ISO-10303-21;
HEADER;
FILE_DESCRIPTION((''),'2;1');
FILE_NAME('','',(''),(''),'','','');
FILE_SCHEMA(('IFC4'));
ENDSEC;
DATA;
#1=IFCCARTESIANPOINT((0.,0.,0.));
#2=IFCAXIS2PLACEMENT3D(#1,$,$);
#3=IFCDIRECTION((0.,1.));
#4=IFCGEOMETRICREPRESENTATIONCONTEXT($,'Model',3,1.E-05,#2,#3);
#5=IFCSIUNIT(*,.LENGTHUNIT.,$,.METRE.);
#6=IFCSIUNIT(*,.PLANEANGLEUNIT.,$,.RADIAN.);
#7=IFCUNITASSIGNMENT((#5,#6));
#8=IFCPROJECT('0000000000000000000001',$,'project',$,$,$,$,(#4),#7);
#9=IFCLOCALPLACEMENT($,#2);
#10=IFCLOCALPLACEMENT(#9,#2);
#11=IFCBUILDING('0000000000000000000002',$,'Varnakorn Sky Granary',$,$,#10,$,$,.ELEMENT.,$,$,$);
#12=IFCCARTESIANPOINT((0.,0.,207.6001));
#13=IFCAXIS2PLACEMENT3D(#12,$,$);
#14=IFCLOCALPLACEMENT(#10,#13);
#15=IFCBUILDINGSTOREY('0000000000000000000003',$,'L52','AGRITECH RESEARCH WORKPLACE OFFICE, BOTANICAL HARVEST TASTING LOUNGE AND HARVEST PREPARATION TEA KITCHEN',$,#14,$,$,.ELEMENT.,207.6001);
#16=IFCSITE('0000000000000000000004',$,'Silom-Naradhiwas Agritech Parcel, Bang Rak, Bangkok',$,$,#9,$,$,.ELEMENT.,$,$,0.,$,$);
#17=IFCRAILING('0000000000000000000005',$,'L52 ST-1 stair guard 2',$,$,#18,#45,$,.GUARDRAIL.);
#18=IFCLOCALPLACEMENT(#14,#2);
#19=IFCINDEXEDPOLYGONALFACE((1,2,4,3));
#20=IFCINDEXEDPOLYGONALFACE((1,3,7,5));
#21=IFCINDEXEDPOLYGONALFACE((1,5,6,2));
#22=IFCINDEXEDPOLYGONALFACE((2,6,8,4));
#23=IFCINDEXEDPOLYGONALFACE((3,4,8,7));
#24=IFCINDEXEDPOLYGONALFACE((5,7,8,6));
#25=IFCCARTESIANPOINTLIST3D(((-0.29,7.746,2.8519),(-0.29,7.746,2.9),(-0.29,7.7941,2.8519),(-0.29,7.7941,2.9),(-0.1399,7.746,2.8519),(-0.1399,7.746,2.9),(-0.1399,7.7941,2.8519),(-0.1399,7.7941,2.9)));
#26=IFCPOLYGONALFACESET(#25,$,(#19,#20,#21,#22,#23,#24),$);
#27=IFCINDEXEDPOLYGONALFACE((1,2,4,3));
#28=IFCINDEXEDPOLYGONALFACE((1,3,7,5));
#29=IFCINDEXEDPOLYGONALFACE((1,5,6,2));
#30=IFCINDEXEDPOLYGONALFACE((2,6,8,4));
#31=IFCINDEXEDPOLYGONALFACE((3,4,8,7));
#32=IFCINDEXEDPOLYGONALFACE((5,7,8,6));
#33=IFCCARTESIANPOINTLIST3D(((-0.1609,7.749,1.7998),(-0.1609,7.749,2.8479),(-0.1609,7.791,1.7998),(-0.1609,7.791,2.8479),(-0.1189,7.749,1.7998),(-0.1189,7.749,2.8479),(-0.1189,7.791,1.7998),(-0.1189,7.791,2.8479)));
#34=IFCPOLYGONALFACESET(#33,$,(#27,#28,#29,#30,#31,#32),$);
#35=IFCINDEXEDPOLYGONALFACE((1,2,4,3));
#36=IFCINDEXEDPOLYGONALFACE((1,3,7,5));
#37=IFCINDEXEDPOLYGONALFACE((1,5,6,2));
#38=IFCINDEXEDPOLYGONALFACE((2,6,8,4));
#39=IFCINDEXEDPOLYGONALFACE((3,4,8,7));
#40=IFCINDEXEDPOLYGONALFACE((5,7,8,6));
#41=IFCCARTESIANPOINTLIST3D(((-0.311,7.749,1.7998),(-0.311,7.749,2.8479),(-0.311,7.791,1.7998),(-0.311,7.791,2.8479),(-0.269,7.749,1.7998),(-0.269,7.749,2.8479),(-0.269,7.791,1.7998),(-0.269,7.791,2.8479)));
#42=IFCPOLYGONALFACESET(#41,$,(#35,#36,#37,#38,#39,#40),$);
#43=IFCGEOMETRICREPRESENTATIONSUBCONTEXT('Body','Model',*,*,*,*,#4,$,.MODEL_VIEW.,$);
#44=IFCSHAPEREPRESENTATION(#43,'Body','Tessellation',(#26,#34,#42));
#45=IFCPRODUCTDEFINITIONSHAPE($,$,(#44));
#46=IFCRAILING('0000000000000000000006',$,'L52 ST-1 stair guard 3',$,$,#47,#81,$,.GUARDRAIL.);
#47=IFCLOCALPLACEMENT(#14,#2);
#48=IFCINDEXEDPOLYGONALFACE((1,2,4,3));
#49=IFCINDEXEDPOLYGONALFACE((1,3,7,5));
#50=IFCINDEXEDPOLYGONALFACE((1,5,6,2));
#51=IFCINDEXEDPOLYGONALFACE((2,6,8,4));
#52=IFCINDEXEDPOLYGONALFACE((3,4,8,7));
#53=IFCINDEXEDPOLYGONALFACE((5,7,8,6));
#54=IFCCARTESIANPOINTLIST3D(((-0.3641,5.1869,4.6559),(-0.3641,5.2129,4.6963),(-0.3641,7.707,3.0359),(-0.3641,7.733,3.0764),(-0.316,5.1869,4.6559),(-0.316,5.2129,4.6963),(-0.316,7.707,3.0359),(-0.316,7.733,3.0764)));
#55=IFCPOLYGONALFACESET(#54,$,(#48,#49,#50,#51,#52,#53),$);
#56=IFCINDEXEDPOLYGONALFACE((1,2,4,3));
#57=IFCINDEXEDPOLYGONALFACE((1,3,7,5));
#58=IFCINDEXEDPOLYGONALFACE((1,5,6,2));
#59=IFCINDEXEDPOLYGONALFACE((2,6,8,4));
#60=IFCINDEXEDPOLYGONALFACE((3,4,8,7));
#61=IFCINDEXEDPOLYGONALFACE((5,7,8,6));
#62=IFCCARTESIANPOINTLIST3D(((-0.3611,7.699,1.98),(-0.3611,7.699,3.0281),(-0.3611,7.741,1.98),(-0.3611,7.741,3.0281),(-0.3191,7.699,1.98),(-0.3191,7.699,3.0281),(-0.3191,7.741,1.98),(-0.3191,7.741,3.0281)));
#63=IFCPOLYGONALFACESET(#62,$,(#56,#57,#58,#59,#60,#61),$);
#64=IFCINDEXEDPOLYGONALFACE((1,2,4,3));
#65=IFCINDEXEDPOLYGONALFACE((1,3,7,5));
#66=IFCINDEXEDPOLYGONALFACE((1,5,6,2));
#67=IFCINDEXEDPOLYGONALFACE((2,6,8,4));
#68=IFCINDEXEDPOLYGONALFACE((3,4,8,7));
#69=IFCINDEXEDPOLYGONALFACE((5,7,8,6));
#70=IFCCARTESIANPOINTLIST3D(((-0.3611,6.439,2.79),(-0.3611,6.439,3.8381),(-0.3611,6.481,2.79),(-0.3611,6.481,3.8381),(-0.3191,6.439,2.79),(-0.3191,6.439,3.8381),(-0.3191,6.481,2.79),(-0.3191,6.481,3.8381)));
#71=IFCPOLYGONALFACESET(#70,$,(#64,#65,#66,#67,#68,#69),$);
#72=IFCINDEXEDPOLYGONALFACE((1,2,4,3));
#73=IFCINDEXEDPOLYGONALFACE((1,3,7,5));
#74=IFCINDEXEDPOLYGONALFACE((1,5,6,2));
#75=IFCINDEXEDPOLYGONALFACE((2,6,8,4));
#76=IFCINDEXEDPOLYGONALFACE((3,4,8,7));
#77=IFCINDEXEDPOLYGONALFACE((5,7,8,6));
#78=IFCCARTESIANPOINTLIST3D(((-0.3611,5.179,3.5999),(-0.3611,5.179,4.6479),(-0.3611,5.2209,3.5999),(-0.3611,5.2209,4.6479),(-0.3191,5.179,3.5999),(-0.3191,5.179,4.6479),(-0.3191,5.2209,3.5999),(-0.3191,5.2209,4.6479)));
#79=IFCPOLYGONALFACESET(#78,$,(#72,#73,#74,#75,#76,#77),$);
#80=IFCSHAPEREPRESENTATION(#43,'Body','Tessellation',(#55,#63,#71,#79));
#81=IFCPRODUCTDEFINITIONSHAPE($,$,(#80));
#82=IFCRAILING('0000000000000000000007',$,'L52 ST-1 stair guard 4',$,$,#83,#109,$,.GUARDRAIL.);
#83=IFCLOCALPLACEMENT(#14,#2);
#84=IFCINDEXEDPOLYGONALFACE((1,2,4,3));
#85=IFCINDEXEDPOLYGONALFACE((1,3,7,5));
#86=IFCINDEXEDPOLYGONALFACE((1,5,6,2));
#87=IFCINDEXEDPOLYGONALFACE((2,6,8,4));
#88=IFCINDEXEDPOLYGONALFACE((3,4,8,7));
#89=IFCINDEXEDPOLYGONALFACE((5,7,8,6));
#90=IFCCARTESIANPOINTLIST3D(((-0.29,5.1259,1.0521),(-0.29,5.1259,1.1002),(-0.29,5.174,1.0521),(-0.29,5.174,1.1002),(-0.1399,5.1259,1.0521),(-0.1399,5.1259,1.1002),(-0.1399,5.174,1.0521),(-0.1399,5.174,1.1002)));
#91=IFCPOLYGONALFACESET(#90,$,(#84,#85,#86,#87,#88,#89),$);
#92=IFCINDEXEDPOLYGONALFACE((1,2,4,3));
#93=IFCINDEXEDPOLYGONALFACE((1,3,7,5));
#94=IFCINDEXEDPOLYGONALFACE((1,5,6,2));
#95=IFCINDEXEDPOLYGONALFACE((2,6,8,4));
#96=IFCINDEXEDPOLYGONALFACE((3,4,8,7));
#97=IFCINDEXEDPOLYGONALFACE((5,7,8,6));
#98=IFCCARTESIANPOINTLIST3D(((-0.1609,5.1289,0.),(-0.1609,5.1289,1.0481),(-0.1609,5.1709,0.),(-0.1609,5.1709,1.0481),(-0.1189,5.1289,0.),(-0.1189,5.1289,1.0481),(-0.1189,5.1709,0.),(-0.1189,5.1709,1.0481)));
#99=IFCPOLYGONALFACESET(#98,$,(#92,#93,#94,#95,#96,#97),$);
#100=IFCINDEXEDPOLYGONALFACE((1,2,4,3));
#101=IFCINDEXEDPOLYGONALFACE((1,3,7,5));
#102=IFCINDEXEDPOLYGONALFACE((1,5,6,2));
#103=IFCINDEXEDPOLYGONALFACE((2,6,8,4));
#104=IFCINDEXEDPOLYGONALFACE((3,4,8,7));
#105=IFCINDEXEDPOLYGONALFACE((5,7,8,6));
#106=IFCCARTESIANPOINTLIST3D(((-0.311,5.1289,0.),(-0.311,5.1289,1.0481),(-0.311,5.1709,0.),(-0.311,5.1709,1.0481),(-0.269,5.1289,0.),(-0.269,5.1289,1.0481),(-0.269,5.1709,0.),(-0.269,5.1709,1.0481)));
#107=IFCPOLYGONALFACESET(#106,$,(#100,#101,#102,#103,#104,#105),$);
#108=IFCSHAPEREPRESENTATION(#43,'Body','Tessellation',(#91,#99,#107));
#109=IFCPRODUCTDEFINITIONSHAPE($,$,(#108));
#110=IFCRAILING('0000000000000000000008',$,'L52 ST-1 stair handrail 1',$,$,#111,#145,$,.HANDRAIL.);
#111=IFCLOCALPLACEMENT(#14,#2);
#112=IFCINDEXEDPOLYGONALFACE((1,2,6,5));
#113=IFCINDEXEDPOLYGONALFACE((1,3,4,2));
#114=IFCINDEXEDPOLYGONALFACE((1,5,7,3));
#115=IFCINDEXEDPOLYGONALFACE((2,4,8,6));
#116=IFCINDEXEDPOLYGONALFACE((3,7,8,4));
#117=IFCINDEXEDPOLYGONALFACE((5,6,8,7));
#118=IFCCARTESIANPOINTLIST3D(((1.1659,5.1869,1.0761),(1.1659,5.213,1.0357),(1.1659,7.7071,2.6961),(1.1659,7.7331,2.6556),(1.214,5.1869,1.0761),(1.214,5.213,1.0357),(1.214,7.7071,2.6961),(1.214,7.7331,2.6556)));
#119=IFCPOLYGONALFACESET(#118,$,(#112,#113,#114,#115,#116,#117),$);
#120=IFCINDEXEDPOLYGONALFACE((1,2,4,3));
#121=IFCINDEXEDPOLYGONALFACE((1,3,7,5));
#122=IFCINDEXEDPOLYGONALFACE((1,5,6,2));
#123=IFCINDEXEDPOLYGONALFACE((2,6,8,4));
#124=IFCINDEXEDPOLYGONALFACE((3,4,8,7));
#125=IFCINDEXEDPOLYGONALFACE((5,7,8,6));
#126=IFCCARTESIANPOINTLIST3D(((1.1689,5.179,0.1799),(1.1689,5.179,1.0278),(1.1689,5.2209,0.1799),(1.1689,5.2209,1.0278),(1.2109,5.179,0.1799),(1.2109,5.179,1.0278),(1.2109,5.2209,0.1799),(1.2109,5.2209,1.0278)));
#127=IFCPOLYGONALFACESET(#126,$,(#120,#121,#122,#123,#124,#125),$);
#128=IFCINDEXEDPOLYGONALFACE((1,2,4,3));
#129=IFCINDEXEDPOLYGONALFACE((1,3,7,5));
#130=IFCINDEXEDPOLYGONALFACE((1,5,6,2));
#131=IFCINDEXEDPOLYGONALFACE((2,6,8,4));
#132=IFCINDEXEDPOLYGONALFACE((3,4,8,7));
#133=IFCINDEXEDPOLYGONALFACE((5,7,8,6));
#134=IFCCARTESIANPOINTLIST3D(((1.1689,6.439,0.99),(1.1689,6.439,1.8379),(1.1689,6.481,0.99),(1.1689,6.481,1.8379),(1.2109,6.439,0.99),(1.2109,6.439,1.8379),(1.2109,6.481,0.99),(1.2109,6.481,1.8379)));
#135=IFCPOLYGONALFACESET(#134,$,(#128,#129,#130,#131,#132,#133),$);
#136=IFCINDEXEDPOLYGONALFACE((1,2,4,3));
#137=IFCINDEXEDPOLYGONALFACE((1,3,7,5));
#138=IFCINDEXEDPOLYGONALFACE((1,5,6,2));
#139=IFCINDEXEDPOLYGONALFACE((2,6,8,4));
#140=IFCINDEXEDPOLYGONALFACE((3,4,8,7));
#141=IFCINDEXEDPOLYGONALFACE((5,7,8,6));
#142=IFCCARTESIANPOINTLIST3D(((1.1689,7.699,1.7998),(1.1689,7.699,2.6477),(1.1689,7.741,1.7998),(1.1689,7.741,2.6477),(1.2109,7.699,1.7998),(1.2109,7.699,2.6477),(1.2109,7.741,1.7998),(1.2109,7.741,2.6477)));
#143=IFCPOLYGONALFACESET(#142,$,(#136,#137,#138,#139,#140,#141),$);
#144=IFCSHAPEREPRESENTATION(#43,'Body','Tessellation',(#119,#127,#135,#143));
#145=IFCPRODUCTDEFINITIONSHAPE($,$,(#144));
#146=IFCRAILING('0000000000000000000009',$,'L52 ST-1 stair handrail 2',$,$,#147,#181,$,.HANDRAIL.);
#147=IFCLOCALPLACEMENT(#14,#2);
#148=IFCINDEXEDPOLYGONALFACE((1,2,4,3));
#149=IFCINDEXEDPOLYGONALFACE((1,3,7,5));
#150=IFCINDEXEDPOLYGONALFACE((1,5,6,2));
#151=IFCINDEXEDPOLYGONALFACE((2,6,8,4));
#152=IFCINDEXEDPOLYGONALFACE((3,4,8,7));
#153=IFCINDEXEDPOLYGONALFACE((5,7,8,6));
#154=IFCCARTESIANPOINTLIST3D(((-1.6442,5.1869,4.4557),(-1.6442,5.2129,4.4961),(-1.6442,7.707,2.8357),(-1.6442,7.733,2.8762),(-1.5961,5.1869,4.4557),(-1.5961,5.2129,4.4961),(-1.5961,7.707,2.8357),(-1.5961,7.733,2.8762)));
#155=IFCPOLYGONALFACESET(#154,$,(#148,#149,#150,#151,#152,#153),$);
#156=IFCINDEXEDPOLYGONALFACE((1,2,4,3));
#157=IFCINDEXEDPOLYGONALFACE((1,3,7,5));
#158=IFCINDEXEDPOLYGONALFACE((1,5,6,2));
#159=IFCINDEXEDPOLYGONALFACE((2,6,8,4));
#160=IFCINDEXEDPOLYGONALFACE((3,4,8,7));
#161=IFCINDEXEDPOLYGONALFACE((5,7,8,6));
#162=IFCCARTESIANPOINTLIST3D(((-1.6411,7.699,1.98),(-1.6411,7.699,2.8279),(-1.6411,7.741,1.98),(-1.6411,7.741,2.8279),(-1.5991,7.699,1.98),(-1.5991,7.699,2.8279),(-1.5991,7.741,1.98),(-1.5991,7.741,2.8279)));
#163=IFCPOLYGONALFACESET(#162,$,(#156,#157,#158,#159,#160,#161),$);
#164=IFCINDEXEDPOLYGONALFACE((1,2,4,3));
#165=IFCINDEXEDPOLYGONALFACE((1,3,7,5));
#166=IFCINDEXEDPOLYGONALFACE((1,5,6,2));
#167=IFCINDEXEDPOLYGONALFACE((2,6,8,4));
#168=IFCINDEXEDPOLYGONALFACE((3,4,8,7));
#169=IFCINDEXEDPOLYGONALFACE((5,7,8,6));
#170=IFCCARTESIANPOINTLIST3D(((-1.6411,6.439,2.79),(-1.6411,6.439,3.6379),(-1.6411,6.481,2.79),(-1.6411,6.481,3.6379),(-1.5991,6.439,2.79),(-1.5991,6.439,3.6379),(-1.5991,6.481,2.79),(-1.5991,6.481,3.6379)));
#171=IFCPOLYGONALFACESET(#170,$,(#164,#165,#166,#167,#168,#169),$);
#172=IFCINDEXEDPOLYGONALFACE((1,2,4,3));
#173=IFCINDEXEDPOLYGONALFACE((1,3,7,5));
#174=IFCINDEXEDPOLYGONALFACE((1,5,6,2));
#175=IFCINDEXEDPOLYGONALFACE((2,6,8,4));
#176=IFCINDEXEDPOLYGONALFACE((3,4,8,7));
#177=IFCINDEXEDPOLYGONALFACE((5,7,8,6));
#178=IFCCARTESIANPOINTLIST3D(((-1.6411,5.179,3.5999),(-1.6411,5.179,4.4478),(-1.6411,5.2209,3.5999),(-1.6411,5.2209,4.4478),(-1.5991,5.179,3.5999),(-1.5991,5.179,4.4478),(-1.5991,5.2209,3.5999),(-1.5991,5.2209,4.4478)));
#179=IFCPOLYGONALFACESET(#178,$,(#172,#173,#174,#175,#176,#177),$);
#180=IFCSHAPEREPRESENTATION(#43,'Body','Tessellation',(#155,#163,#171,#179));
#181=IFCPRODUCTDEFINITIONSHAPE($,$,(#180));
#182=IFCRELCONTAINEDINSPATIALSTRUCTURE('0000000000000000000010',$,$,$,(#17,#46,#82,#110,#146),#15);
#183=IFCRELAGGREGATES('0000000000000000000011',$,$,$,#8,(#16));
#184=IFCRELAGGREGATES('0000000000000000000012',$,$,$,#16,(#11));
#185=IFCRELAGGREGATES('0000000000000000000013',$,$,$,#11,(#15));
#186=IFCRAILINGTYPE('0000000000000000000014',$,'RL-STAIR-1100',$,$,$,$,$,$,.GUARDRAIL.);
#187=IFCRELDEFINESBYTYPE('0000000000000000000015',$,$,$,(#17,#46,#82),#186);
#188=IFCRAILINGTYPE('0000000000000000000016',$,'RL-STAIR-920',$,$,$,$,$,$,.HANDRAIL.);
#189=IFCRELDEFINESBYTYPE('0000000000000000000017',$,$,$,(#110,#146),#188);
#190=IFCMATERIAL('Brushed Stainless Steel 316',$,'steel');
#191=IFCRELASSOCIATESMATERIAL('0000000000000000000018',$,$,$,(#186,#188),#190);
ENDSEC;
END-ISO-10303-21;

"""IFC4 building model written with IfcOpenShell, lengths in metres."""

from ifc_helpers import new_model, si_unit, direction, frame, origin, origin_2d, place, context, subcontext, project, spatial, rectangle, extrude, material, type_object, element, save


model = new_model("IFC4")

# Units and contexts
model_context = context("Model", 3, precision=1e-05, world=origin(), true_north=direction((0.0, 1.0)))
body_context = subcontext(model_context, "Body", "Model", "MODEL_VIEW")
ifc_project = project(units=[si_unit("LENGTHUNIT", "METRE"), si_unit("PLANEANGLEUNIT", "RADIAN")], contexts=[model_context])

# Site, building, storey
site_placement = place(None, origin())
site = spatial("IfcSite", under=ifc_project, at=site_placement, Name="Silom-Naradhiwas Agritech Parcel, Bang Rak, Bangkok", CompositionType="ELEMENT", RefElevation=0.0)
building_placement = place(site_placement, origin())
building = spatial("IfcBuilding", under=site, at=building_placement, Name="Varnakorn Sky Granary", CompositionType="ELEMENT")
storey_placement = place(building_placement, frame((0.0, 0.0, 207.6001)))
storey = spatial("IfcBuildingStorey", under=building, at=storey_placement, Name="L52", Description="AGRITECH RESEARCH WORKPLACE OFFICE, BOTANICAL HARVEST TASTING LOUNGE AND HARVEST PREPARATION TEA KITCHEN", CompositionType="ELEMENT", Elevation=207.6001)

# Railings
ifc_material_1 = material(Name="Brushed Stainless Steel 316", Category="steel")
railing_type_1 = type_object("IfcRailingType", Name="RL-STAIR-1100", PredefinedType="GUARDRAIL", material=ifc_material_1)
railing_1_placement = place(storey_placement, frame((-0.1399, 7.77, 1.7998)))
element("IfcRailing", 1, at=railing_1_placement, inside=storey, type_object=railing_type_1, Name="L52 ST-1 stair guard 2", PredefinedType="GUARDRAIL", context=body_context, shape_type="SweptSolid", body=[
    extrude(rectangle(XDim=0.0481, YDim=0.0481, at=origin_2d()), frame((0.0, 0.0, 1.0762), z_axis=(-1.0, 0.0, 0.0), x_axis=(0.0, -1.0, 0.0)), (0.0, 0.0, 1.0), 0.1501),
    extrude(rectangle(XDim=0.042, YDim=0.042, at=origin_2d()), origin(), (0.0, 0.0, 1.0), 1.0481),
    extrude(rectangle(XDim=0.042, YDim=0.042, at=origin_2d()), frame((-0.1501, 0.0, 0.0)), (0.0, 0.0, 1.0), 1.0481),
])
railing_2_placement = place(storey_placement, frame((-0.3401, 7.72, 1.98)))
element("IfcRailing", 2, at=railing_2_placement, inside=storey, type_object=railing_type_1, Name="L52 ST-1 stair guard 3", PredefinedType="GUARDRAIL", context=body_context, shape_type="SweptSolid", body=[
    extrude(rectangle(XDim=0.0481, YDim=0.0481, at=origin_2d()), frame((0.0, 0.0, 1.0762), z_axis=(0.0, -0.8412, 0.540725), x_axis=(1.0, 0.0, 0.0)), (0.0, 0.0, 1.0), 2.9958),
    extrude(rectangle(XDim=0.042, YDim=0.042, at=origin_2d()), origin(), (0.0, 0.0, 1.0), 1.0481),
    extrude(rectangle(XDim=0.042, YDim=0.042, at=origin_2d()), frame((0.0, -1.26, 0.8101)), (0.0, 0.0, 1.0), 1.0481),
    extrude(rectangle(XDim=0.042, YDim=0.042, at=origin_2d()), frame((0.0, -2.52, 1.6199)), (0.0, 0.0, 1.0), 1.0481),
])
railing_3_placement = place(storey_placement, frame((-0.1399, 5.1499, 0.0)))
element("IfcRailing", 3, at=railing_3_placement, inside=storey, type_object=railing_type_1, Name="L52 ST-1 stair guard 4", PredefinedType="GUARDRAIL", context=body_context, shape_type="SweptSolid", body=[
    extrude(rectangle(XDim=0.0481, YDim=0.0481, at=origin_2d()), frame((0.0, 0.0, 1.0762), z_axis=(-1.0, 0.0, 0.0), x_axis=(0.0, -1.0, 0.0)), (0.0, 0.0, 1.0), 0.1501),
    extrude(rectangle(XDim=0.042, YDim=0.042, at=origin_2d()), origin(), (0.0, 0.0, 1.0), 1.0481),
    extrude(rectangle(XDim=0.042, YDim=0.042, at=origin_2d()), frame((-0.1501, 0.0, 0.0)), (0.0, 0.0, 1.0), 1.0481),
])
railing_type_2 = type_object("IfcRailingType", Name="RL-STAIR-920", PredefinedType="HANDRAIL", material=ifc_material_1)
railing_4_placement = place(storey_placement, frame((1.1899, 5.2, 0.1799)))
element("IfcRailing", 4, at=railing_4_placement, inside=storey, type_object=railing_type_2, Name="L52 ST-1 stair handrail 1", PredefinedType="HANDRAIL", context=body_context, shape_type="SweptSolid", body=[
    extrude(rectangle(XDim=0.0481, YDim=0.0481, at=origin_2d()), frame((0.0, 0.0, 0.876), z_axis=(0.0, 0.8412, 0.540725), x_axis=(-1.0, 0.0, 0.0)), (0.0, 0.0, 1.0), 2.9958),
    extrude(rectangle(XDim=0.042, YDim=0.042, at=origin_2d()), origin(), (0.0, 0.0, 1.0), 0.8479),
    extrude(rectangle(XDim=0.042, YDim=0.042, at=origin_2d()), frame((0.0, 1.26, 0.8101)), (0.0, 0.0, 1.0), 0.8479),
    extrude(rectangle(XDim=0.042, YDim=0.042, at=origin_2d()), frame((0.0, 2.52, 1.6199)), (0.0, 0.0, 1.0), 0.8479),
])
railing_5_placement = place(storey_placement, frame((-1.6201, 7.72, 1.98)))
element("IfcRailing", 5, at=railing_5_placement, inside=storey, type_object=railing_type_2, Name="L52 ST-1 stair handrail 2", PredefinedType="HANDRAIL", context=body_context, shape_type="SweptSolid", body=[
    extrude(rectangle(XDim=0.0481, YDim=0.0481, at=origin_2d()), frame((0.0, 0.0, 0.876), z_axis=(0.0, -0.8412, 0.540725), x_axis=(1.0, 0.0, 0.0)), (0.0, 0.0, 1.0), 2.9958),
    extrude(rectangle(XDim=0.042, YDim=0.042, at=origin_2d()), origin(), (0.0, 0.0, 1.0), 0.8479),
    extrude(rectangle(XDim=0.042, YDim=0.042, at=origin_2d()), frame((0.0, -1.26, 0.8101)), (0.0, 0.0, 1.0), 0.8479),
    extrude(rectangle(XDim=0.042, YDim=0.042, at=origin_2d()), frame((0.0, -2.52, 1.6199)), (0.0, 0.0, 1.0), 0.8479),
])

save(model, "model.ifc")
